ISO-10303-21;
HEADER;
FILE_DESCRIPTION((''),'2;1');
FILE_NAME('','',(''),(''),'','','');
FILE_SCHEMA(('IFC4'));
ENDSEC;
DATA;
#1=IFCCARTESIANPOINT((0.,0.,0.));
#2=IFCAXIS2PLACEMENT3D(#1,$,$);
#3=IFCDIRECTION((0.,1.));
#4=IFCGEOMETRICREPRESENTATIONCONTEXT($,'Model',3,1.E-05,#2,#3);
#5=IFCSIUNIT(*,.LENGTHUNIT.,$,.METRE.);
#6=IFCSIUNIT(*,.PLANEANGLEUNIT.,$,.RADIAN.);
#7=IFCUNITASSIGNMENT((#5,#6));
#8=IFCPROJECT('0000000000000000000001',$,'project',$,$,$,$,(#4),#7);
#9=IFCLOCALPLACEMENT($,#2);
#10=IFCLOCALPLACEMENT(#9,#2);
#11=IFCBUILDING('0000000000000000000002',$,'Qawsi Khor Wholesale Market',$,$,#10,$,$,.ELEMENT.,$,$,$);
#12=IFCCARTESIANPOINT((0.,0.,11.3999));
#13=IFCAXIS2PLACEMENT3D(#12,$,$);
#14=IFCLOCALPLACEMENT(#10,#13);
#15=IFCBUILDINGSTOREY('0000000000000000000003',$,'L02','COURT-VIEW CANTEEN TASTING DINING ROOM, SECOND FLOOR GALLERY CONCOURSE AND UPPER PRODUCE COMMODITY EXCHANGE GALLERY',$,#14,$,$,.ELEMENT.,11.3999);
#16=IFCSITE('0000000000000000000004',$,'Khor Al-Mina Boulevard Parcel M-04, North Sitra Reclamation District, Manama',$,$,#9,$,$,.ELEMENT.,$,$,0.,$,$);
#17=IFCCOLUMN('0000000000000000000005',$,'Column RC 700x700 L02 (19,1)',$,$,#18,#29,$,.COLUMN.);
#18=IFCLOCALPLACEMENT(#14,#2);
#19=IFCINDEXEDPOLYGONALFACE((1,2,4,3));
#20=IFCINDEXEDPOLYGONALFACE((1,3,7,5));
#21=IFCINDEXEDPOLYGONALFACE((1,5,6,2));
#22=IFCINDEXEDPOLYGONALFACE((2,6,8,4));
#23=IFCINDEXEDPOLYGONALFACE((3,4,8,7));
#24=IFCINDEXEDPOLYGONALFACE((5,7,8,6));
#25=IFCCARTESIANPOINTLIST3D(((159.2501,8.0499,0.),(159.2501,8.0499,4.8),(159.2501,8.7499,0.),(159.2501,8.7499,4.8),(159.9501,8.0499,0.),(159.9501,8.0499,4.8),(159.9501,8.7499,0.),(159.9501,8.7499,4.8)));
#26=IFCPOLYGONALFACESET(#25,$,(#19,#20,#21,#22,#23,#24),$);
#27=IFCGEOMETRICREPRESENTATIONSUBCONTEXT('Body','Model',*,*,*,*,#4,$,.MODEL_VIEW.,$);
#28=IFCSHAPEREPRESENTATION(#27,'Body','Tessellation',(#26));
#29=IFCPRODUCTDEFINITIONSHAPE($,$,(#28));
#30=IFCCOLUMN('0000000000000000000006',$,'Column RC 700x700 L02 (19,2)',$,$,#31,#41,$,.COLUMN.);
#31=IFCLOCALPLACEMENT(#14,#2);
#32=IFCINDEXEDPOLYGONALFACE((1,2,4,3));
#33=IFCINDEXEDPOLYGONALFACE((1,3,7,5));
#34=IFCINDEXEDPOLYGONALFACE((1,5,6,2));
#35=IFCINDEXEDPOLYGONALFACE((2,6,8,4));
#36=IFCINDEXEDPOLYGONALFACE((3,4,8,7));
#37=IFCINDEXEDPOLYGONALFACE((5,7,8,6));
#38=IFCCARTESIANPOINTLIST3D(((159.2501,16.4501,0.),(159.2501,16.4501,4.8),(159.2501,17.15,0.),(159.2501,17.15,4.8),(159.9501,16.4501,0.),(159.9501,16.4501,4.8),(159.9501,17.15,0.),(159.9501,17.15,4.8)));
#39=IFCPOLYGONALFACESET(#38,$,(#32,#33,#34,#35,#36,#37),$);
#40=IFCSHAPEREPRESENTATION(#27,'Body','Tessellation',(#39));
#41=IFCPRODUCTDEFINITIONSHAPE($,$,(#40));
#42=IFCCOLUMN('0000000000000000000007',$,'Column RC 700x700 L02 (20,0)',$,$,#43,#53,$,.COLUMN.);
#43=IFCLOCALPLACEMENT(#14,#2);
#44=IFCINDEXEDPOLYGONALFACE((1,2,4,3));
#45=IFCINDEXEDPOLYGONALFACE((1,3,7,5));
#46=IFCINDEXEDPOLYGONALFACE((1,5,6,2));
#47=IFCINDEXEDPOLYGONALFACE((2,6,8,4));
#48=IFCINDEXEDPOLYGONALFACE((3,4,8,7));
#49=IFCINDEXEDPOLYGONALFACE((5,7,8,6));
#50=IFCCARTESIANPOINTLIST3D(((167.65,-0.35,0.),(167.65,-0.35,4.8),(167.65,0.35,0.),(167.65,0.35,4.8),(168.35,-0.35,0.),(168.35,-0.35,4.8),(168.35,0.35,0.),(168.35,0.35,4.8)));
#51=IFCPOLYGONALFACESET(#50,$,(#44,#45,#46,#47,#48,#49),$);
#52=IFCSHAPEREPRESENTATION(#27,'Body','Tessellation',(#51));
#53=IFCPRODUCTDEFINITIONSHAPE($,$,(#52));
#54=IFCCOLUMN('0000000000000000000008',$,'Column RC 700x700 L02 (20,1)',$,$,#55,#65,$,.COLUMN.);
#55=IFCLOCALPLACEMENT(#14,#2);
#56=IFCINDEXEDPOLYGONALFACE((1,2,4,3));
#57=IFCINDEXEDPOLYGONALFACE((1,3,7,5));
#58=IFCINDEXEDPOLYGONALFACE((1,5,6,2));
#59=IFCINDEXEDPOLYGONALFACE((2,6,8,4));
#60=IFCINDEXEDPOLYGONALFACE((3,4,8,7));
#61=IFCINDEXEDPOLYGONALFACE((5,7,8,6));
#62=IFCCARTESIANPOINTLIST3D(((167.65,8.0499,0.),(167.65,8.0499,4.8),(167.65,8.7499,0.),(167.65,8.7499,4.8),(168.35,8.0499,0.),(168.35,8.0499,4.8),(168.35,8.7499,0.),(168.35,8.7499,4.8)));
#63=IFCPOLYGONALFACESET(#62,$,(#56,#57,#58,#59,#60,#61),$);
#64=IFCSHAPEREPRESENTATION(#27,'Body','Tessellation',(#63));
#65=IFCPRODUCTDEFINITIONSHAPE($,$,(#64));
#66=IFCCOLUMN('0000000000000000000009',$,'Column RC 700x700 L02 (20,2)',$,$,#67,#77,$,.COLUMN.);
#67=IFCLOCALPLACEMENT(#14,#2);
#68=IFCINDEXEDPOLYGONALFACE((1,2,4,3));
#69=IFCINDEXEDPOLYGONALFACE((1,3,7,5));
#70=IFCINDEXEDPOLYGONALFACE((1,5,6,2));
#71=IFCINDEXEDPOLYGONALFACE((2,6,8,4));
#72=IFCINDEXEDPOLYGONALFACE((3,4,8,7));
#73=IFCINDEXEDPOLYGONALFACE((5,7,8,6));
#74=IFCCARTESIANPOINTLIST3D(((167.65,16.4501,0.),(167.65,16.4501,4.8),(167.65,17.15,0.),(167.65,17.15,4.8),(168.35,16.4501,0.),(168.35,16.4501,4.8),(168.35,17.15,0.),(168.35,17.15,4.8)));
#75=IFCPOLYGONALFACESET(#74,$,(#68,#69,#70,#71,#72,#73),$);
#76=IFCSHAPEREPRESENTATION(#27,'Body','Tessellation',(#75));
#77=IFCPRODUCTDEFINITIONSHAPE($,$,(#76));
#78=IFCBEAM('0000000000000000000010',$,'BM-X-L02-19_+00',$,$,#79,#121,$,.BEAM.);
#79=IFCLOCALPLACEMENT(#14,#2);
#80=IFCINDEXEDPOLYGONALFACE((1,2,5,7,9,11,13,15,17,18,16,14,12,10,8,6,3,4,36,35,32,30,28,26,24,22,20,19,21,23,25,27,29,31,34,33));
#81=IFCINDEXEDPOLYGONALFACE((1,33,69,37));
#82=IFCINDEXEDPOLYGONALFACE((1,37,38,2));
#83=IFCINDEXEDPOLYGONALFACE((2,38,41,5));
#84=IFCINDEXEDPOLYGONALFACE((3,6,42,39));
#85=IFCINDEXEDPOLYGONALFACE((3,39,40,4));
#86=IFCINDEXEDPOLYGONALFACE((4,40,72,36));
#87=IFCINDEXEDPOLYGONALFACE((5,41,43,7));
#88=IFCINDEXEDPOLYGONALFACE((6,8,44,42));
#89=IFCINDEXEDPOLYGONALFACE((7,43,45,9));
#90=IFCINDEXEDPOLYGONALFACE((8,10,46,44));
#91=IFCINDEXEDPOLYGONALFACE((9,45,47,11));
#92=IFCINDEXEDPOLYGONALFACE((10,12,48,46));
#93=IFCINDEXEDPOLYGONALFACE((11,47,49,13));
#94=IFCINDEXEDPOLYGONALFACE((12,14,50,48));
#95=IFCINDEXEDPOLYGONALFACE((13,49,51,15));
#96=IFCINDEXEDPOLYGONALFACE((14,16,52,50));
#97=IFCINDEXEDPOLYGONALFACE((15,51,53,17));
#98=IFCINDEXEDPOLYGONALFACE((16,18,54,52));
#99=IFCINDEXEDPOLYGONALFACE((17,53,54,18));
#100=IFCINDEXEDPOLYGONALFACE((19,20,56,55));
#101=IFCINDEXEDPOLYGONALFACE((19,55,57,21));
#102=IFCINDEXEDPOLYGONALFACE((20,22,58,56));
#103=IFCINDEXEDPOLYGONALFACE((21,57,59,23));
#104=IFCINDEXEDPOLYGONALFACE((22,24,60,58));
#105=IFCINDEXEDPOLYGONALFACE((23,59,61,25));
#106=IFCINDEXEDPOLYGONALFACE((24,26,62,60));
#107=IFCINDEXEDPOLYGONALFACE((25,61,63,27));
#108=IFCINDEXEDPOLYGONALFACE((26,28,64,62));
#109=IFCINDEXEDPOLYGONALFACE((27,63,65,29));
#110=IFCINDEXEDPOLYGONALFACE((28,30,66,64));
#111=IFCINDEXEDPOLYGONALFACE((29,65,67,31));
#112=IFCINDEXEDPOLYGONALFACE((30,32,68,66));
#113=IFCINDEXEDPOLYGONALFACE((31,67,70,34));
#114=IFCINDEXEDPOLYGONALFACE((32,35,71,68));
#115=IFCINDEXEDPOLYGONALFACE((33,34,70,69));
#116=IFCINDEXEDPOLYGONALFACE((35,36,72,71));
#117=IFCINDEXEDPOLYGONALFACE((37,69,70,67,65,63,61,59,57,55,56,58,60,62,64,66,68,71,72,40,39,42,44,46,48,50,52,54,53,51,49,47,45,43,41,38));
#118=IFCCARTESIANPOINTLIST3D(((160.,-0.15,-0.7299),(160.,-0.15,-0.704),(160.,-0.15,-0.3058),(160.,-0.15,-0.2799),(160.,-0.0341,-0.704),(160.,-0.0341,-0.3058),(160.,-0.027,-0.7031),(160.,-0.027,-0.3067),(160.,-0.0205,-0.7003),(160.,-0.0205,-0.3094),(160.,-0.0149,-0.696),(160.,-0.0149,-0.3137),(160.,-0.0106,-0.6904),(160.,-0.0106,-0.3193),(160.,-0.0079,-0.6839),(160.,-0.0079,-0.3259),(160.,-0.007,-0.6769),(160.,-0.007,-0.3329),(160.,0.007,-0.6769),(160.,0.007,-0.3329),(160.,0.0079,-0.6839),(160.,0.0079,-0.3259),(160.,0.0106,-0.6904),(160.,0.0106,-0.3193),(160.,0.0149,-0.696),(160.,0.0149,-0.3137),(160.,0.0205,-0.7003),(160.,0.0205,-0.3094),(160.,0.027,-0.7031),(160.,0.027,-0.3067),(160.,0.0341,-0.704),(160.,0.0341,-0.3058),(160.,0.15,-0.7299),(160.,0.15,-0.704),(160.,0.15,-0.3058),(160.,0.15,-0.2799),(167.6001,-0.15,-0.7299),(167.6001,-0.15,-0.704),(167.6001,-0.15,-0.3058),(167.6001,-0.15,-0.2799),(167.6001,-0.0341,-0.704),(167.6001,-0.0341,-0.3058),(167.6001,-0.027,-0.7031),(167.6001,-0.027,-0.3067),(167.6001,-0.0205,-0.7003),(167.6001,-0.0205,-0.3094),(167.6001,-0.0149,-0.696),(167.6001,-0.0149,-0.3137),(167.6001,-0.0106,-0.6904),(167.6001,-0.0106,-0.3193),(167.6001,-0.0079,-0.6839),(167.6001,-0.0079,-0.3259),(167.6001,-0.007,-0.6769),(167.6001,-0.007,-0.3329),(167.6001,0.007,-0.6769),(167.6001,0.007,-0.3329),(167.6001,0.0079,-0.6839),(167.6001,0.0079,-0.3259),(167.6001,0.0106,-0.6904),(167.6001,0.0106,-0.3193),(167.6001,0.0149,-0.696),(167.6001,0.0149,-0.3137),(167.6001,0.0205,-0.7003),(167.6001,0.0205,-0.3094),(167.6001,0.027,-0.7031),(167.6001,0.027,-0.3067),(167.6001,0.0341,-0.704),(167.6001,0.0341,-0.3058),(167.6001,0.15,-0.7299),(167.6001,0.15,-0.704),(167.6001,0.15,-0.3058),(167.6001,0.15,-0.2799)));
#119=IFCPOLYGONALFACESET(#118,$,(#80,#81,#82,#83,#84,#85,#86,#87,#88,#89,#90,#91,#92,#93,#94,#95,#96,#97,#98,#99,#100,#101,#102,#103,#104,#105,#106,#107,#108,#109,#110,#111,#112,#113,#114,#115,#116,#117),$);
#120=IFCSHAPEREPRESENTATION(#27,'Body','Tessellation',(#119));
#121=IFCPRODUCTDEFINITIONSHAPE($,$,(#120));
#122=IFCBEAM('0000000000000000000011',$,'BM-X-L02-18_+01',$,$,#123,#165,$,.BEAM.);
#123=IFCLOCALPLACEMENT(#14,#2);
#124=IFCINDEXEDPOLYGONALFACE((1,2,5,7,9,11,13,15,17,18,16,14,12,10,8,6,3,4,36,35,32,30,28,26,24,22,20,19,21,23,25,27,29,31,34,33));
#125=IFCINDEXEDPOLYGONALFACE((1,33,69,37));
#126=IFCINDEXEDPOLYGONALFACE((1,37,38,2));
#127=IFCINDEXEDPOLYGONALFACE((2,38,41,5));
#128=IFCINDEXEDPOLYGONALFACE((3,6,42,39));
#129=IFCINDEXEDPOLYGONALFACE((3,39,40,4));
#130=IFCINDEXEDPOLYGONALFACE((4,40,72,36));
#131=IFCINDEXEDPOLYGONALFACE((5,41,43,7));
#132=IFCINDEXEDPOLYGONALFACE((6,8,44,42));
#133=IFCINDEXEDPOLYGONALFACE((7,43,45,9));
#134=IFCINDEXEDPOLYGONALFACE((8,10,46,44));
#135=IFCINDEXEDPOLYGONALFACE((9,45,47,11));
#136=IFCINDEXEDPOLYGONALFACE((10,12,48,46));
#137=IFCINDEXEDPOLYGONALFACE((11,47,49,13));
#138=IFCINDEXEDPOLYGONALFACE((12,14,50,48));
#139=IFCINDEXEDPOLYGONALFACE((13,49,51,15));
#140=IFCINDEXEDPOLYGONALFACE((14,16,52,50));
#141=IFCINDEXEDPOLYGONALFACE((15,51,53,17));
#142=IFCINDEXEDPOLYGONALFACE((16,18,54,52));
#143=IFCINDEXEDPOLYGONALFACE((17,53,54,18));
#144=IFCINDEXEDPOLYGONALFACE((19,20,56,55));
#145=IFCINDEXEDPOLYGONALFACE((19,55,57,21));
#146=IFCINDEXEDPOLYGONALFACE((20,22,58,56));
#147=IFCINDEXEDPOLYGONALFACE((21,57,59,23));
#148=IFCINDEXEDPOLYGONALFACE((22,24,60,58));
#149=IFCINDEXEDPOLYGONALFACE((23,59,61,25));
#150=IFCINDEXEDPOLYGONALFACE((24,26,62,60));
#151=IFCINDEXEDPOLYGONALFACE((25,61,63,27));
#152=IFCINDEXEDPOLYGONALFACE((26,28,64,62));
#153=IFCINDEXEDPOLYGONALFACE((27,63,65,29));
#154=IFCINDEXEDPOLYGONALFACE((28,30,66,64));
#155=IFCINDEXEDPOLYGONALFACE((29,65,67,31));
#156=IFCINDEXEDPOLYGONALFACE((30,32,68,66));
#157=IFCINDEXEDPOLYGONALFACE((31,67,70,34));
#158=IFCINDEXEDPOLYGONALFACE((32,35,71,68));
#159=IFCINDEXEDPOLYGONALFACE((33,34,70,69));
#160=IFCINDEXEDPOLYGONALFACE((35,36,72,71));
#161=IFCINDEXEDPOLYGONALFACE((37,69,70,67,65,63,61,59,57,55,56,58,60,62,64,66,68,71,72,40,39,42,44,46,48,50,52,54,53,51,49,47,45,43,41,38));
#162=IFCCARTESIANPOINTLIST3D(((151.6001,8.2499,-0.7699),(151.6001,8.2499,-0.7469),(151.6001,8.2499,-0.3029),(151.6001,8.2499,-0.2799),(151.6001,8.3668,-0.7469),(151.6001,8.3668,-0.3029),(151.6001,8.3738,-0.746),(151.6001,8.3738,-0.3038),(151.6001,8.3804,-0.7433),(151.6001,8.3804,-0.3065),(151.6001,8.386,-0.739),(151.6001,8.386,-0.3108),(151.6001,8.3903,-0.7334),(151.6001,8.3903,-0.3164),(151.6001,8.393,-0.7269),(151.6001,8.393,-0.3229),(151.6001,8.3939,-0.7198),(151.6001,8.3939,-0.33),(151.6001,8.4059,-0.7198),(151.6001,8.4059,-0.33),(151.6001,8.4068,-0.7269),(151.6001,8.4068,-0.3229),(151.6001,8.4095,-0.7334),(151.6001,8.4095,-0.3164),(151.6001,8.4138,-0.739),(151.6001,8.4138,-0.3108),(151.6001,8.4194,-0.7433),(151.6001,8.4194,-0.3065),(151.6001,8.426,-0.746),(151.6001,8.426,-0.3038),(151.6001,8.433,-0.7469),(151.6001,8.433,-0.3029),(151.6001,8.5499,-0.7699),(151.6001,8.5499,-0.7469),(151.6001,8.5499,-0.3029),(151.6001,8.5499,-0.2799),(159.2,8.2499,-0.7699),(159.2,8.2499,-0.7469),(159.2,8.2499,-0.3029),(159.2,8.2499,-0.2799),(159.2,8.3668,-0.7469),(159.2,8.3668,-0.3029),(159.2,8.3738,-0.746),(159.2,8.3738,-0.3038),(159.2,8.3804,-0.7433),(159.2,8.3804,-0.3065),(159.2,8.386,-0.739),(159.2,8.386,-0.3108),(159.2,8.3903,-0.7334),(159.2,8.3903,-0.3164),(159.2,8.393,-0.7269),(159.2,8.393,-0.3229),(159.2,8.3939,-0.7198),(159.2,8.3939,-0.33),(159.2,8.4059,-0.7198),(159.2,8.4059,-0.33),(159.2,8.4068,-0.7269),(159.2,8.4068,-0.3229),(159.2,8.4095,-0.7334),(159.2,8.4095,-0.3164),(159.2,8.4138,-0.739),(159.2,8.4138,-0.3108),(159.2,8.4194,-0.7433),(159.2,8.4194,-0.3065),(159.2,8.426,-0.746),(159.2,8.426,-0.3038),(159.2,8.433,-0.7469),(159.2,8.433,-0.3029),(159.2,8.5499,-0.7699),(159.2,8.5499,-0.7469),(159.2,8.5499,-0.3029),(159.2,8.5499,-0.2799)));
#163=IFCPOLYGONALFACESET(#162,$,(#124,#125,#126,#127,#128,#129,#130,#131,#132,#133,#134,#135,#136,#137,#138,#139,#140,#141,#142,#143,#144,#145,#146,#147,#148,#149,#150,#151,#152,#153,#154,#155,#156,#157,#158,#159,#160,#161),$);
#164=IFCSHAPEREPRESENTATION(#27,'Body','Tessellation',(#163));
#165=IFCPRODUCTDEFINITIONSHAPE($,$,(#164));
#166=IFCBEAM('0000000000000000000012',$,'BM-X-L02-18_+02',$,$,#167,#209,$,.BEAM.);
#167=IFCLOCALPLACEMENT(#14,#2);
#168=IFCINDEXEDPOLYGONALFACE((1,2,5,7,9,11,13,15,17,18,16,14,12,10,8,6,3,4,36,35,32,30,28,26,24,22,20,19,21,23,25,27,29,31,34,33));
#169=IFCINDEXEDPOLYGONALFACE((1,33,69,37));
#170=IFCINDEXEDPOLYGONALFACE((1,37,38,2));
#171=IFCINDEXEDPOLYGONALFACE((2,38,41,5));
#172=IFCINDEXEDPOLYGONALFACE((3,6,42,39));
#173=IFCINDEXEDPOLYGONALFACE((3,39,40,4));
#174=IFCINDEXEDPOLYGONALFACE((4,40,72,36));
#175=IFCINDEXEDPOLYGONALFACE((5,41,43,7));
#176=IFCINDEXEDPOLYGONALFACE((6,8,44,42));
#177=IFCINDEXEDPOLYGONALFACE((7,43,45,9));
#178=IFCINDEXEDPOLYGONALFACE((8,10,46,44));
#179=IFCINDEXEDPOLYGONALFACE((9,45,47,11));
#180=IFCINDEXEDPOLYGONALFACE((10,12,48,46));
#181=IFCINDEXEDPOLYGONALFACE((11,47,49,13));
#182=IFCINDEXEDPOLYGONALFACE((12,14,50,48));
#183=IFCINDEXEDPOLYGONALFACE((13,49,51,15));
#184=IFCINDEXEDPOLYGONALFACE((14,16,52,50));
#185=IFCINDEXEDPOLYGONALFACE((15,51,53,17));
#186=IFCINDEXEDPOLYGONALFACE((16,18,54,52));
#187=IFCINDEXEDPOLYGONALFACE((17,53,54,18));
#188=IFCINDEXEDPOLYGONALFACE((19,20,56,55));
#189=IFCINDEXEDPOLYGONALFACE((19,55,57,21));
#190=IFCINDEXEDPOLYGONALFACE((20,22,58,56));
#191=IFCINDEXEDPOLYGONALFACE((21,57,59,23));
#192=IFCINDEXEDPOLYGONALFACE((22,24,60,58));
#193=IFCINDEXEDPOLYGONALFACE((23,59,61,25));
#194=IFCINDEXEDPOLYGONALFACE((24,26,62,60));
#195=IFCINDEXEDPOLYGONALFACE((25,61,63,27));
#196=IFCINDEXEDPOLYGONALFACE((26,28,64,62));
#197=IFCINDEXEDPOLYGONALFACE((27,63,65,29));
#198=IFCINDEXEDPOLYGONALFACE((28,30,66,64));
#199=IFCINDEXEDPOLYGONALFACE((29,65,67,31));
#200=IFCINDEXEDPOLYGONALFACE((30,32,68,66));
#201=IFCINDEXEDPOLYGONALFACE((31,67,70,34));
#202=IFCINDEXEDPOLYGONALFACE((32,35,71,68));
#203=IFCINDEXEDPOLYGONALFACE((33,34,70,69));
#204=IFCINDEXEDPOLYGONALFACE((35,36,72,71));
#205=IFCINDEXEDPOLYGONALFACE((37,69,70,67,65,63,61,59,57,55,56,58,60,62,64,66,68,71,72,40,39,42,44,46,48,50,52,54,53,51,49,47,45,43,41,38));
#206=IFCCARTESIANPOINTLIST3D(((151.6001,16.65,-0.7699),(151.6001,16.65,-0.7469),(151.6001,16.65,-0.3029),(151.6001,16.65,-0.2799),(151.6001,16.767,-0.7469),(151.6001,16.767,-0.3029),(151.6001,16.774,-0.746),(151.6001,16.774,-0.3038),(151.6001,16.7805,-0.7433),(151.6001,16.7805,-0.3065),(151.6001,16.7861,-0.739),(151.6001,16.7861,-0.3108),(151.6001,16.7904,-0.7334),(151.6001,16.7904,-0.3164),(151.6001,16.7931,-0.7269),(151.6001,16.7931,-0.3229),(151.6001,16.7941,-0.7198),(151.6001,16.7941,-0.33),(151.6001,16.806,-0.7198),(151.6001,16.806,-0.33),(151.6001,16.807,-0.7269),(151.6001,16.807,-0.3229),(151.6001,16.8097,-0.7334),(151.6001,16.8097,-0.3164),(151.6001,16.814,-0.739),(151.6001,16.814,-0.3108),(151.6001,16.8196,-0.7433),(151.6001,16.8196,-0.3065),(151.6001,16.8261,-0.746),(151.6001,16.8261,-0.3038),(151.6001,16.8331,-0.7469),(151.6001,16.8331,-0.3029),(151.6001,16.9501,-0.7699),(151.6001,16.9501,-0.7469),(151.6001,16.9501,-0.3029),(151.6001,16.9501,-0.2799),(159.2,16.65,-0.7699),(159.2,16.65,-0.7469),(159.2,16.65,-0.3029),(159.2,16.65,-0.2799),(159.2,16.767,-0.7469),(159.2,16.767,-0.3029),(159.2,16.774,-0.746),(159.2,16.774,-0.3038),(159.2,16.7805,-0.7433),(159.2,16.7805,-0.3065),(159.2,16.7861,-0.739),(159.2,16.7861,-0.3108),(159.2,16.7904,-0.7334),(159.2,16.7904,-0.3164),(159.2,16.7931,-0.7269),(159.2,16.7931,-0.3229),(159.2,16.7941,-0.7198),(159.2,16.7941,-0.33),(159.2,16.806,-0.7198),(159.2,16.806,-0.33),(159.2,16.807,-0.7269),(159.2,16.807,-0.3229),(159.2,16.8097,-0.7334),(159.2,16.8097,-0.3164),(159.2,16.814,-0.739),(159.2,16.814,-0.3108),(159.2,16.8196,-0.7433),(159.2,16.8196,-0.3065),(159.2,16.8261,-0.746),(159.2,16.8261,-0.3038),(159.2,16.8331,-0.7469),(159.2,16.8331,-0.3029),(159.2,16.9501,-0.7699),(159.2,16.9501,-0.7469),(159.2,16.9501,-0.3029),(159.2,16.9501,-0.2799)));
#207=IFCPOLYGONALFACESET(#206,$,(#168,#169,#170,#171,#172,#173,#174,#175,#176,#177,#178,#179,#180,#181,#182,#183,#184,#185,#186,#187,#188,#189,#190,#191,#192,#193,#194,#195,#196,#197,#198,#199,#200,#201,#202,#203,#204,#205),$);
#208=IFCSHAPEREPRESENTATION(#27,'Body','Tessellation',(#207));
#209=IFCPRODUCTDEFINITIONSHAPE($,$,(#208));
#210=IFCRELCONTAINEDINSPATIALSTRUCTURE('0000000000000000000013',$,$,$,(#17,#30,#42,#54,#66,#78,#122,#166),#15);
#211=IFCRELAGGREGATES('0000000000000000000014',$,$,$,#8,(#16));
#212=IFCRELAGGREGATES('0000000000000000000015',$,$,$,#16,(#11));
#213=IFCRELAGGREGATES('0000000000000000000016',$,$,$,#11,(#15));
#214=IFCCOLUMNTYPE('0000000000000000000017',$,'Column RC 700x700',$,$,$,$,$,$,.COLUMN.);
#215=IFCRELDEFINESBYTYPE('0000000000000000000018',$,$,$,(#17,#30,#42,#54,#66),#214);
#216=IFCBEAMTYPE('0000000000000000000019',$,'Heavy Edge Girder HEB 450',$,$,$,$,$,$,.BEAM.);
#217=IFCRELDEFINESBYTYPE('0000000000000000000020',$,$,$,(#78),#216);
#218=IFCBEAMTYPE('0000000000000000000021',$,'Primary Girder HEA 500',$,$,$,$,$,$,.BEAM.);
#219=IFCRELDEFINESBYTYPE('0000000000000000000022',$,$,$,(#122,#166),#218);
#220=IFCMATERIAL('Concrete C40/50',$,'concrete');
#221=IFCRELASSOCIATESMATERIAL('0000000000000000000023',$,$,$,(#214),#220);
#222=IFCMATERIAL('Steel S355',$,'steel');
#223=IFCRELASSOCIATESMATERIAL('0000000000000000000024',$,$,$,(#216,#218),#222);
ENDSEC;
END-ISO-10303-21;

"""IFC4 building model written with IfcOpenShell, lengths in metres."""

from ifc_helpers import new_model, si_unit, direction, frame, origin, origin_2d, place, context, subcontext, project, spatial, rectangle, i_section, extrude, material, material_profile, profile_set, type_object, element, save


model = new_model("IFC4")

# Units and contexts
model_context = context("Model", 3, precision=1e-05, world=origin(), true_north=direction((0.0, 1.0)))
body_context = subcontext(model_context, "Body", "Model", "MODEL_VIEW")
ifc_project = project(units=[si_unit("LENGTHUNIT", "METRE"), si_unit("PLANEANGLEUNIT", "RADIAN")], contexts=[model_context])

# Site, building, storey
site_placement = place(None, origin())
site = spatial("IfcSite", under=ifc_project, at=site_placement, Name="Khor Al-Mina Boulevard Parcel M-04, North Sitra Reclamation District, Manama", CompositionType="ELEMENT", RefElevation=0.0)
building_placement = place(site_placement, origin())
building = spatial("IfcBuilding", under=site, at=building_placement, Name="Qawsi Khor Wholesale Market", CompositionType="ELEMENT")
storey_placement = place(building_placement, frame((0.0, 0.0, 11.3999)))
storey = spatial("IfcBuildingStorey", under=building, at=storey_placement, Name="L02", Description="COURT-VIEW CANTEEN TASTING DINING ROOM, SECOND FLOOR GALLERY CONCOURSE AND UPPER PRODUCE COMMODITY EXCHANGE GALLERY", CompositionType="ELEMENT", Elevation=11.3999)

# Columns
ifc_material_1 = material(Name="Concrete C40/50", Category="concrete")
ifc_material_profile_1 = material_profile(ifc_material_1, rectangle(XDim=0.7, YDim=0.7, at=origin_2d()), Name="RC 700x700")
ifc_profile_set_1 = profile_set([ifc_material_profile_1], Name="Concrete C40/50")
column_type = type_object("IfcColumnType", Name="Column RC 700x700", PredefinedType="COLUMN", material=ifc_profile_set_1)
for number, where, z_axis, x_axis, name in (
    (1, (159.6001, 8.3999, 0.0), (0.0, 0.0, 1.0), (1.0, 0.0, 0.0), "Column RC 700x700 L02 (19,1)"),
    (2, (159.6001, 16.8, 0.0), (0.0, 0.0, 1.0), (1.0, 0.0, 0.0), "Column RC 700x700 L02 (19,2)"),
    (3, (168.0, 0.0, 0.0), (0.0, 0.0, 1.0), (1.0, 0.0, 0.0), "Column RC 700x700 L02 (20,0)"),
    (4, (168.0, 8.3999, 0.0), (0.0, 0.0, 1.0), (1.0, 0.0, 0.0), "Column RC 700x700 L02 (20,1)"),
    (5, (168.0, 16.8, 0.0), (0.0, 0.0, 1.0), (1.0, 0.0, 0.0), "Column RC 700x700 L02 (20,2)"),
):
    element("IfcColumn", number, at=place(storey_placement, frame(where, z_axis=z_axis, x_axis=x_axis)), inside=storey, type_object=column_type, Name=name, PredefinedType="COLUMN", context=body_context, shape_type="SweptSolid", body=[
        extrude(rectangle(XDim=0.7, YDim=0.7, at=origin_2d()), origin(), (0.0, 0.0, 1.0), 4.8),
    ])

# Beams
ifc_material_2 = material(Name="Steel S355", Category="steel")
ifc_material_profile_2 = material_profile(ifc_material_2, i_section(OverallWidth=0.3, OverallDepth=0.45, WebThickness=0.0139, FlangeThickness=0.0259, FilletRadius=0.0271, at=origin_2d()), Name="HEB 450")
ifc_profile_set_2 = profile_set([ifc_material_profile_2], Name="Steel S355")
beam_type_1 = type_object("IfcBeamType", Name="Heavy Edge Girder HEB 450", PredefinedType="BEAM", material=ifc_profile_set_2)
beam_1_placement = place(storey_placement, frame((160.0, 0.0, -0.5049), z_axis=(1.0, 0.0, 0.0), x_axis=(0.0, 1.0, 0.0)))
element("IfcBeam", 6, at=beam_1_placement, inside=storey, type_object=beam_type_1, Name="BM-X-L02-19_+00", PredefinedType="BEAM", context=body_context, shape_type="SweptSolid", body=[
    extrude(i_section(OverallWidth=0.3, OverallDepth=0.45, WebThickness=0.0139, FlangeThickness=0.0259, FilletRadius=0.0271, at=origin_2d()), origin(), (0.0, 0.0, 1.0), 7.6001),
])
ifc_material_profile_3 = material_profile(ifc_material_2, i_section(OverallWidth=0.3, OverallDepth=0.49, WebThickness=0.012, FlangeThickness=0.0229, FilletRadius=0.0271, at=origin_2d()), Name="HEA 500")
ifc_profile_set_3 = profile_set([ifc_material_profile_3], Name="Steel S355")
beam_type_2 = type_object("IfcBeamType", Name="Primary Girder HEA 500", PredefinedType="BEAM", material=ifc_profile_set_3)
for number, where, z_axis, x_axis, name in (
    (7, (151.6001, 8.3999, -0.5249), (1.0, 0.0, 0.0), (0.0, 1.0, 0.0), "BM-X-L02-18_+01"),
    (8, (151.6001, 16.8, -0.5249), (1.0, 0.0, 0.0), (0.0, 1.0, 0.0), "BM-X-L02-18_+02"),
):
    element("IfcBeam", number, at=place(storey_placement, frame(where, z_axis=z_axis, x_axis=x_axis)), inside=storey, type_object=beam_type_2, Name=name, PredefinedType="BEAM", context=body_context, shape_type="SweptSolid", body=[
        extrude(i_section(OverallWidth=0.3, OverallDepth=0.49, WebThickness=0.012, FlangeThickness=0.0229, FilletRadius=0.0271, at=origin_2d()), origin(), (0.0, 0.0, 1.0), 7.5999),
    ])

save(model, "model.ifc")
